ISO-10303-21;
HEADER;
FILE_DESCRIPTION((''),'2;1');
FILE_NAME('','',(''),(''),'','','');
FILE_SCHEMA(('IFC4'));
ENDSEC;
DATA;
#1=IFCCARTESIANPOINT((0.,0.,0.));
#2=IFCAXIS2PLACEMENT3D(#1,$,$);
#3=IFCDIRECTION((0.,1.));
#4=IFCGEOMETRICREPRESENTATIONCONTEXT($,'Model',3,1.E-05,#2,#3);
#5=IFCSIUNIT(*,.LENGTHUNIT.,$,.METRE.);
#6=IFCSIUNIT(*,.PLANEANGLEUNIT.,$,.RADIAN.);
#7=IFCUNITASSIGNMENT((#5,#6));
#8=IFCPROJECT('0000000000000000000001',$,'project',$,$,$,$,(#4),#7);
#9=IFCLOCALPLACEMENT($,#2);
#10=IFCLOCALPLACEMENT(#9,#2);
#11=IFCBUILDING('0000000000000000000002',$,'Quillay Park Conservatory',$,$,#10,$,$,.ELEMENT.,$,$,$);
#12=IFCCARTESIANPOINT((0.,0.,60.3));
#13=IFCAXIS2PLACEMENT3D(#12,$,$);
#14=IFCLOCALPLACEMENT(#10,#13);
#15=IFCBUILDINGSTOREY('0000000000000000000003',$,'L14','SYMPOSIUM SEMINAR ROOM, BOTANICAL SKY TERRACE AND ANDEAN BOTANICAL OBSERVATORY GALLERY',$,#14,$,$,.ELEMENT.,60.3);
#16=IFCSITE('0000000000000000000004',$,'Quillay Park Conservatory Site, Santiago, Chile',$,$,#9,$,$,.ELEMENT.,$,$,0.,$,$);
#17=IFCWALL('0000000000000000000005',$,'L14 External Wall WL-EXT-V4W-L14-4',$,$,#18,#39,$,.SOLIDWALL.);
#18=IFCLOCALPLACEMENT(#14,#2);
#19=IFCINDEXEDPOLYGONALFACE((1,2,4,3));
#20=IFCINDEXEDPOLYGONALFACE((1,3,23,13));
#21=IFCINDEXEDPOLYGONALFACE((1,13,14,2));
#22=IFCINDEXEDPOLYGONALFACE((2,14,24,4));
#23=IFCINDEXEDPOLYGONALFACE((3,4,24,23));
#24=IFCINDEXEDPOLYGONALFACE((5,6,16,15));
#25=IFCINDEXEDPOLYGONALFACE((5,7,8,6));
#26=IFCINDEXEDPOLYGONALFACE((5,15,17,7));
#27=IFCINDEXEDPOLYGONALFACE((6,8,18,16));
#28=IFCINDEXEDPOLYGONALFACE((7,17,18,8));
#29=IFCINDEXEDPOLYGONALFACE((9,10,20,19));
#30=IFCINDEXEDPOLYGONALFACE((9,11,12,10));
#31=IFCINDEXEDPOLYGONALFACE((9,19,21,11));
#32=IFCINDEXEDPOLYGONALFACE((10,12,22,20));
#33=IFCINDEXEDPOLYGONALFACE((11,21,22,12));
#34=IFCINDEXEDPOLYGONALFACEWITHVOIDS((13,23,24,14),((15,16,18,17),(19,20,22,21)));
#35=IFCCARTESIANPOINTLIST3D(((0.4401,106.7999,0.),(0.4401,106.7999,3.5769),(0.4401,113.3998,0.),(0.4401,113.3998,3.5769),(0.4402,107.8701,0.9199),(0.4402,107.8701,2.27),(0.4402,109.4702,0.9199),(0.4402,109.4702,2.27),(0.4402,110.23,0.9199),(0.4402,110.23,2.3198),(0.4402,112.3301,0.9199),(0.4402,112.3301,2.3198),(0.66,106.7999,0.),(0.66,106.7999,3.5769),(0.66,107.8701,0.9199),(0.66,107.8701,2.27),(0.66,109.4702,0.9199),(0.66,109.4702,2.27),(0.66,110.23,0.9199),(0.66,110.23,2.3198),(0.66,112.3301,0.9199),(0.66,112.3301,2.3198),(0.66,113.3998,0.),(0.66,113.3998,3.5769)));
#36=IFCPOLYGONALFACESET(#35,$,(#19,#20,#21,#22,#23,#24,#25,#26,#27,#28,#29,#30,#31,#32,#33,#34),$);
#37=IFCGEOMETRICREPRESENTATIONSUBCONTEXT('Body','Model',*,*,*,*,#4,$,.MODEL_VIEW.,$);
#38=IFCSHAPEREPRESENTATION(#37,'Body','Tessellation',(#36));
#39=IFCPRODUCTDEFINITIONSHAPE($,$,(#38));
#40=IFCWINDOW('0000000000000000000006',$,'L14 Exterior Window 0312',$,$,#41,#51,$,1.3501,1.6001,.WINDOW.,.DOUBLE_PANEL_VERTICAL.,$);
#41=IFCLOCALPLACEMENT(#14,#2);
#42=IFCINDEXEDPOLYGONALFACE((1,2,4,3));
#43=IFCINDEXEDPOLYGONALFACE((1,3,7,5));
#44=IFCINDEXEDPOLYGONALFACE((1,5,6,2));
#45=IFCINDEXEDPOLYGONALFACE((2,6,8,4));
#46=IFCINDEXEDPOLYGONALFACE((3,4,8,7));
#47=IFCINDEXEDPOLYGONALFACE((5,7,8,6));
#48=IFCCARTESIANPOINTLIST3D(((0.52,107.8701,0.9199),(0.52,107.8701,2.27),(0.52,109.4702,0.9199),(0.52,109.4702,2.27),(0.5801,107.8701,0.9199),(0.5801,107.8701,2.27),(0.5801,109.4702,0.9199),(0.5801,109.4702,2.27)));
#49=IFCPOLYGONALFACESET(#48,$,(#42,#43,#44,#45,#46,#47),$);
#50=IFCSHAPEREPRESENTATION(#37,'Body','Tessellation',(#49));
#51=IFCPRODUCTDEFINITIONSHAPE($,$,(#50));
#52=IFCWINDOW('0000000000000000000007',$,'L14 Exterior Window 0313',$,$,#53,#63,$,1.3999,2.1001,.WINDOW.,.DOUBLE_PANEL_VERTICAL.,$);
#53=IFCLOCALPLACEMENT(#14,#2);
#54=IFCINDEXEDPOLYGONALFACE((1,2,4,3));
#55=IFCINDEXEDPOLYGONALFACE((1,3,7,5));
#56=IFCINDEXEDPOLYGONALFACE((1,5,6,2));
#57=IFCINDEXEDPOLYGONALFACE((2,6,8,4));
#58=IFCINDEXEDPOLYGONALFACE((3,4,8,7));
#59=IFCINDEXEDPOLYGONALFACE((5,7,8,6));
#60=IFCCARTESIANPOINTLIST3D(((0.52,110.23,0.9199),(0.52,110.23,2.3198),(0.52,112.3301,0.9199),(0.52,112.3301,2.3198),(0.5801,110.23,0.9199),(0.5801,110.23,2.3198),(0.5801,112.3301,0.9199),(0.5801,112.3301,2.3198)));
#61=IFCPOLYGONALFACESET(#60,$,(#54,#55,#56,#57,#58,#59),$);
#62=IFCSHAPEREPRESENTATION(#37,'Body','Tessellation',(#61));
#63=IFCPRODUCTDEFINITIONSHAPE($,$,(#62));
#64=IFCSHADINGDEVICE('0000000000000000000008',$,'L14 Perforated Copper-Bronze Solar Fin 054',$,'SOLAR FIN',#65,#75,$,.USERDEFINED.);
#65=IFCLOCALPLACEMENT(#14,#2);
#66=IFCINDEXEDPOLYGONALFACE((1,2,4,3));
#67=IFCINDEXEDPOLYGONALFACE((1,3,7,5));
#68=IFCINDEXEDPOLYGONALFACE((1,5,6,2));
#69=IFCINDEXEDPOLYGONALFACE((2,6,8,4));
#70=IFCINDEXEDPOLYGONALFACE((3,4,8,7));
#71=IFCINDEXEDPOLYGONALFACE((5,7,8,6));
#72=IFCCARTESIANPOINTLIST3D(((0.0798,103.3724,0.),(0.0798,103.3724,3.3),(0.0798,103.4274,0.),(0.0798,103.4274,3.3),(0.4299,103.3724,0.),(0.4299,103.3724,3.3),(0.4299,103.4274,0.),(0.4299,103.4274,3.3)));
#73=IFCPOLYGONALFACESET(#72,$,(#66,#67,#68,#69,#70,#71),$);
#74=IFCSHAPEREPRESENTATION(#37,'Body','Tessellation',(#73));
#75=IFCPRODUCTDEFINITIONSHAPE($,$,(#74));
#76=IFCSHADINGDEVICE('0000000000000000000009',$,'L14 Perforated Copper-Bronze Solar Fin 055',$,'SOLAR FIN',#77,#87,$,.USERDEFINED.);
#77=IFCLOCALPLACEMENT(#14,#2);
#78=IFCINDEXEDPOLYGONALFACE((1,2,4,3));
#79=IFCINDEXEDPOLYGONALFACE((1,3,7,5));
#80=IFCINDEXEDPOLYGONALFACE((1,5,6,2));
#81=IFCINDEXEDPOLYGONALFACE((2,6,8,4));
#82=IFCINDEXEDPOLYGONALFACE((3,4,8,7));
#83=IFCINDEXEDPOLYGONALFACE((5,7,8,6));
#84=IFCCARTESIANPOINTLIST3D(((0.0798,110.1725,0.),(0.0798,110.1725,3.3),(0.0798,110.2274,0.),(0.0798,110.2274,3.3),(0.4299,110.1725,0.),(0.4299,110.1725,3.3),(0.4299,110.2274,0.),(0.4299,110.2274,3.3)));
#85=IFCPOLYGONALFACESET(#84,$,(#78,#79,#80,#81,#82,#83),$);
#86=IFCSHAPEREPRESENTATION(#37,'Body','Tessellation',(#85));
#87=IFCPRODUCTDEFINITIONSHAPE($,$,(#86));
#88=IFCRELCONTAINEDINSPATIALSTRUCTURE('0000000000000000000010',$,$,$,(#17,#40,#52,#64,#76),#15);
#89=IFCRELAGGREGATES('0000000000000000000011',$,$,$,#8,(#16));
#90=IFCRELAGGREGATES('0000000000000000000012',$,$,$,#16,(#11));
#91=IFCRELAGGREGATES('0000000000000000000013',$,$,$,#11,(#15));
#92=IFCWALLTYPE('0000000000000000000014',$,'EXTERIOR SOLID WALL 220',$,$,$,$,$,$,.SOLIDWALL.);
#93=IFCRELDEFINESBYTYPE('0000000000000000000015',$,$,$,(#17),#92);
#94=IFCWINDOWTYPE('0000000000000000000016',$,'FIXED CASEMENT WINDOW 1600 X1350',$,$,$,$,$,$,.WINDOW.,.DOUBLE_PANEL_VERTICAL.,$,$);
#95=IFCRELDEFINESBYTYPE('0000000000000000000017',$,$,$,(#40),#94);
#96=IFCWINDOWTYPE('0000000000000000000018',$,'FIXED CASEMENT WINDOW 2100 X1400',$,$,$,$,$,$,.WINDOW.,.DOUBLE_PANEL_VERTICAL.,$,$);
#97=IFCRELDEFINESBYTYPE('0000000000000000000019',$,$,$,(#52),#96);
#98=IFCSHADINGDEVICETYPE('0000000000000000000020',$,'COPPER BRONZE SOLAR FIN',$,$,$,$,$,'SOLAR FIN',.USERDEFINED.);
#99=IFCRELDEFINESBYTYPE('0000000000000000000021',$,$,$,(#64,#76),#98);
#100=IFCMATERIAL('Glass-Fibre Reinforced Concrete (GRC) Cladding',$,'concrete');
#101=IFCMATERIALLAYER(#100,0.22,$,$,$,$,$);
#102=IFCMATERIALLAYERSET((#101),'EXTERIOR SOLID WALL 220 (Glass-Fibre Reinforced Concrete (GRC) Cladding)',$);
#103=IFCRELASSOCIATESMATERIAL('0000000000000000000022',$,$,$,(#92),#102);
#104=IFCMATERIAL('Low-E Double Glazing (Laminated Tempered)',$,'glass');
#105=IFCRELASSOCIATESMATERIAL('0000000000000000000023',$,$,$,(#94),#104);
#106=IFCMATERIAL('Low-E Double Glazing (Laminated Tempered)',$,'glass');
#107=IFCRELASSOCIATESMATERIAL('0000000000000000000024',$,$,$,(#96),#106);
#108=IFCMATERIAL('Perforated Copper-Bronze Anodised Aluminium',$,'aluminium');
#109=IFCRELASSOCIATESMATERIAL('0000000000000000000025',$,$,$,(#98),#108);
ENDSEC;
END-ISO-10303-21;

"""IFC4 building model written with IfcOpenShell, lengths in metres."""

from ifc_helpers import new_model, si_unit, direction, frame, frame_2d, origin, origin_2d, place, context, subcontext, project, spatial, rectangle, extrude, material, layer, layer_set, type_object, element, fill, save


model = new_model("IFC4")

# Units and contexts
model_context = context("Model", 3, precision=1e-05, world=origin(), true_north=direction((0.0, 1.0)))
body_context = subcontext(model_context, "Body", "Model", "MODEL_VIEW")
ifc_project = project(units=[si_unit("LENGTHUNIT", "METRE"), si_unit("PLANEANGLEUNIT", "RADIAN")], contexts=[model_context])

# Site, building, storey
site_placement = place(None, origin())
site = spatial("IfcSite", under=ifc_project, at=site_placement, Name="Quillay Park Conservatory Site, Santiago, Chile", CompositionType="ELEMENT", RefElevation=0.0)
building_placement = place(site_placement, origin())
building = spatial("IfcBuilding", under=site, at=building_placement, Name="Quillay Park Conservatory", CompositionType="ELEMENT")
storey_placement = place(building_placement, frame((0.0, 0.0, 60.3)))
storey = spatial("IfcBuildingStorey", under=building, at=storey_placement, Name="L14", Description="SYMPOSIUM SEMINAR ROOM, BOTANICAL SKY TERRACE AND ANDEAN BOTANICAL OBSERVATORY GALLERY", CompositionType="ELEMENT", Elevation=60.3)

# Wall, openings, windows
ifc_material_1 = material(Name="Glass-Fibre Reinforced Concrete (GRC) Cladding", Category="concrete")
ifc_layer_1 = layer(ifc_material_1, 0.22)
ifc_layer_set_1 = layer_set([ifc_layer_1], Name="EXTERIOR SOLID WALL 220 (Glass-Fibre Reinforced Concrete (GRC) Cladding)")
wall_type_1 = type_object("IfcWallType", Name="EXTERIOR SOLID WALL 220", PredefinedType="SOLIDWALL", material=ifc_layer_set_1)
wall_1_placement = place(storey_placement, frame((0.55, 106.8, 0.0), z_axis=(0.0, 0.0, 1.0), x_axis=(0.0, 1.0, 0.0)))
wall_1 = element("IfcWall", 1, at=wall_1_placement, inside=storey, type_object=wall_type_1, Name="L14 External Wall WL-EXT-V4W-L14-4", PredefinedType="SOLIDWALL", context=body_context, shape_type="SweptSolid", body=[
    extrude(rectangle(XDim=6.5999, YDim=0.22, at=frame_2d((3.2998, 0.0))), origin(), (0.0, 0.0, 1.0), 3.5769),
])
opening_1_placement = place(wall_1_placement, frame((1.0701, 0.0, 0.9199)))
opening_1 = element("IfcOpeningElement", 2, at=opening_1_placement, cuts=wall_1, PredefinedType="OPENING", context=body_context, shape_type="SweptSolid", body=[
    extrude(rectangle(XDim=1.6001, YDim=1.3501, at=frame_2d((0.8, 0.675))), frame((0.0, 0.1099, 0.0), z_axis=(0.0, -1.0, 0.0), x_axis=(1.0, 0.0, 0.0)), (0.0, 0.0, 1.0), 0.22),
])
opening_2_placement = place(wall_1_placement, frame((3.4299, 0.0, 0.9199)))
opening_2 = element("IfcOpeningElement", 3, at=opening_2_placement, cuts=wall_1, PredefinedType="OPENING", context=body_context, shape_type="SweptSolid", body=[
    extrude(rectangle(XDim=2.1001, YDim=1.3999, at=frame_2d((1.05, 0.7))), frame((0.0, 0.1099, 0.0), z_axis=(0.0, -1.0, 0.0), x_axis=(1.0, 0.0, 0.0)), (0.0, 0.0, 1.0), 0.22),
])
ifc_material_2 = material(Name="Low-E Double Glazing (Laminated Tempered)", Category="glass")
window_type_1 = type_object("IfcWindowType", Name="FIXED CASEMENT WINDOW 1600 X1350", PartitioningType="DOUBLE_PANEL_VERTICAL", PredefinedType="WINDOW", material=ifc_material_2)
window_1_placement = place(opening_1_placement, origin())
window_1 = element("IfcWindow", 4, at=window_1_placement, inside=storey, type_object=window_type_1, Name="L14 Exterior Window 0312", OverallHeight=1.3501, OverallWidth=1.6001, PartitioningType="DOUBLE_PANEL_VERTICAL", PredefinedType="WINDOW", context=body_context, shape_type="SweptSolid", body=[
    extrude(rectangle(XDim=1.6001, YDim=1.3501, at=frame_2d((0.8, 0.675))), frame((0.0, 0.03, 0.0), z_axis=(0.0, -1.0, 0.0), x_axis=(1.0, 0.0, 0.0)), (0.0, 0.0, 1.0), 0.0601),
])
fill(opening_1, window_1)
ifc_material_3 = material(Name="Low-E Double Glazing (Laminated Tempered)", Category="glass")
window_type_2 = type_object("IfcWindowType", Name="FIXED CASEMENT WINDOW 2100 X1400", PartitioningType="DOUBLE_PANEL_VERTICAL", PredefinedType="WINDOW", material=ifc_material_3)
window_2_placement = place(opening_2_placement, origin())
window_2 = element("IfcWindow", 5, at=window_2_placement, inside=storey, type_object=window_type_2, Name="L14 Exterior Window 0313", OverallHeight=1.3999, OverallWidth=2.1001, PartitioningType="DOUBLE_PANEL_VERTICAL", PredefinedType="WINDOW", context=body_context, shape_type="SweptSolid", body=[
    extrude(rectangle(XDim=2.1001, YDim=1.3999, at=frame_2d((1.05, 0.7))), frame((0.0, 0.03, 0.0), z_axis=(0.0, -1.0, 0.0), x_axis=(1.0, 0.0, 0.0)), (0.0, 0.0, 1.0), 0.0601),
])
fill(opening_2, window_2)

# Shading devices
ifc_material_4 = material(Name="Perforated Copper-Bronze Anodised Aluminium", Category="aluminium")
shading_device_type = type_object("IfcShadingDeviceType", Name="COPPER BRONZE SOLAR FIN", ElementType="SOLAR FIN", PredefinedType="USERDEFINED", material=ifc_material_4)
for number, where, z_axis, x_axis, name in (
    (6, (0.2549, 103.3999, 0.0), (0.0, 0.0, 1.0), (1.0, 0.0, 0.0), "L14 Perforated Copper-Bronze Solar Fin 054"),
    (7, (0.2549, 110.2, 0.0), (0.0, 0.0, 1.0), (1.0, 0.0, 0.0), "L14 Perforated Copper-Bronze Solar Fin 055"),
):
    element("IfcShadingDevice", number, at=place(storey_placement, frame(where, z_axis=z_axis, x_axis=x_axis)), inside=storey, type_object=shading_device_type, Name=name, ObjectType="SOLAR FIN", PredefinedType="USERDEFINED", context=body_context, shape_type="SweptSolid", body=[
        extrude(rectangle(XDim=0.3501, YDim=0.0549, at=origin_2d()), origin(), (0.0, 0.0, 1.0), 3.3),
    ])

save(model, "model.ifc")
